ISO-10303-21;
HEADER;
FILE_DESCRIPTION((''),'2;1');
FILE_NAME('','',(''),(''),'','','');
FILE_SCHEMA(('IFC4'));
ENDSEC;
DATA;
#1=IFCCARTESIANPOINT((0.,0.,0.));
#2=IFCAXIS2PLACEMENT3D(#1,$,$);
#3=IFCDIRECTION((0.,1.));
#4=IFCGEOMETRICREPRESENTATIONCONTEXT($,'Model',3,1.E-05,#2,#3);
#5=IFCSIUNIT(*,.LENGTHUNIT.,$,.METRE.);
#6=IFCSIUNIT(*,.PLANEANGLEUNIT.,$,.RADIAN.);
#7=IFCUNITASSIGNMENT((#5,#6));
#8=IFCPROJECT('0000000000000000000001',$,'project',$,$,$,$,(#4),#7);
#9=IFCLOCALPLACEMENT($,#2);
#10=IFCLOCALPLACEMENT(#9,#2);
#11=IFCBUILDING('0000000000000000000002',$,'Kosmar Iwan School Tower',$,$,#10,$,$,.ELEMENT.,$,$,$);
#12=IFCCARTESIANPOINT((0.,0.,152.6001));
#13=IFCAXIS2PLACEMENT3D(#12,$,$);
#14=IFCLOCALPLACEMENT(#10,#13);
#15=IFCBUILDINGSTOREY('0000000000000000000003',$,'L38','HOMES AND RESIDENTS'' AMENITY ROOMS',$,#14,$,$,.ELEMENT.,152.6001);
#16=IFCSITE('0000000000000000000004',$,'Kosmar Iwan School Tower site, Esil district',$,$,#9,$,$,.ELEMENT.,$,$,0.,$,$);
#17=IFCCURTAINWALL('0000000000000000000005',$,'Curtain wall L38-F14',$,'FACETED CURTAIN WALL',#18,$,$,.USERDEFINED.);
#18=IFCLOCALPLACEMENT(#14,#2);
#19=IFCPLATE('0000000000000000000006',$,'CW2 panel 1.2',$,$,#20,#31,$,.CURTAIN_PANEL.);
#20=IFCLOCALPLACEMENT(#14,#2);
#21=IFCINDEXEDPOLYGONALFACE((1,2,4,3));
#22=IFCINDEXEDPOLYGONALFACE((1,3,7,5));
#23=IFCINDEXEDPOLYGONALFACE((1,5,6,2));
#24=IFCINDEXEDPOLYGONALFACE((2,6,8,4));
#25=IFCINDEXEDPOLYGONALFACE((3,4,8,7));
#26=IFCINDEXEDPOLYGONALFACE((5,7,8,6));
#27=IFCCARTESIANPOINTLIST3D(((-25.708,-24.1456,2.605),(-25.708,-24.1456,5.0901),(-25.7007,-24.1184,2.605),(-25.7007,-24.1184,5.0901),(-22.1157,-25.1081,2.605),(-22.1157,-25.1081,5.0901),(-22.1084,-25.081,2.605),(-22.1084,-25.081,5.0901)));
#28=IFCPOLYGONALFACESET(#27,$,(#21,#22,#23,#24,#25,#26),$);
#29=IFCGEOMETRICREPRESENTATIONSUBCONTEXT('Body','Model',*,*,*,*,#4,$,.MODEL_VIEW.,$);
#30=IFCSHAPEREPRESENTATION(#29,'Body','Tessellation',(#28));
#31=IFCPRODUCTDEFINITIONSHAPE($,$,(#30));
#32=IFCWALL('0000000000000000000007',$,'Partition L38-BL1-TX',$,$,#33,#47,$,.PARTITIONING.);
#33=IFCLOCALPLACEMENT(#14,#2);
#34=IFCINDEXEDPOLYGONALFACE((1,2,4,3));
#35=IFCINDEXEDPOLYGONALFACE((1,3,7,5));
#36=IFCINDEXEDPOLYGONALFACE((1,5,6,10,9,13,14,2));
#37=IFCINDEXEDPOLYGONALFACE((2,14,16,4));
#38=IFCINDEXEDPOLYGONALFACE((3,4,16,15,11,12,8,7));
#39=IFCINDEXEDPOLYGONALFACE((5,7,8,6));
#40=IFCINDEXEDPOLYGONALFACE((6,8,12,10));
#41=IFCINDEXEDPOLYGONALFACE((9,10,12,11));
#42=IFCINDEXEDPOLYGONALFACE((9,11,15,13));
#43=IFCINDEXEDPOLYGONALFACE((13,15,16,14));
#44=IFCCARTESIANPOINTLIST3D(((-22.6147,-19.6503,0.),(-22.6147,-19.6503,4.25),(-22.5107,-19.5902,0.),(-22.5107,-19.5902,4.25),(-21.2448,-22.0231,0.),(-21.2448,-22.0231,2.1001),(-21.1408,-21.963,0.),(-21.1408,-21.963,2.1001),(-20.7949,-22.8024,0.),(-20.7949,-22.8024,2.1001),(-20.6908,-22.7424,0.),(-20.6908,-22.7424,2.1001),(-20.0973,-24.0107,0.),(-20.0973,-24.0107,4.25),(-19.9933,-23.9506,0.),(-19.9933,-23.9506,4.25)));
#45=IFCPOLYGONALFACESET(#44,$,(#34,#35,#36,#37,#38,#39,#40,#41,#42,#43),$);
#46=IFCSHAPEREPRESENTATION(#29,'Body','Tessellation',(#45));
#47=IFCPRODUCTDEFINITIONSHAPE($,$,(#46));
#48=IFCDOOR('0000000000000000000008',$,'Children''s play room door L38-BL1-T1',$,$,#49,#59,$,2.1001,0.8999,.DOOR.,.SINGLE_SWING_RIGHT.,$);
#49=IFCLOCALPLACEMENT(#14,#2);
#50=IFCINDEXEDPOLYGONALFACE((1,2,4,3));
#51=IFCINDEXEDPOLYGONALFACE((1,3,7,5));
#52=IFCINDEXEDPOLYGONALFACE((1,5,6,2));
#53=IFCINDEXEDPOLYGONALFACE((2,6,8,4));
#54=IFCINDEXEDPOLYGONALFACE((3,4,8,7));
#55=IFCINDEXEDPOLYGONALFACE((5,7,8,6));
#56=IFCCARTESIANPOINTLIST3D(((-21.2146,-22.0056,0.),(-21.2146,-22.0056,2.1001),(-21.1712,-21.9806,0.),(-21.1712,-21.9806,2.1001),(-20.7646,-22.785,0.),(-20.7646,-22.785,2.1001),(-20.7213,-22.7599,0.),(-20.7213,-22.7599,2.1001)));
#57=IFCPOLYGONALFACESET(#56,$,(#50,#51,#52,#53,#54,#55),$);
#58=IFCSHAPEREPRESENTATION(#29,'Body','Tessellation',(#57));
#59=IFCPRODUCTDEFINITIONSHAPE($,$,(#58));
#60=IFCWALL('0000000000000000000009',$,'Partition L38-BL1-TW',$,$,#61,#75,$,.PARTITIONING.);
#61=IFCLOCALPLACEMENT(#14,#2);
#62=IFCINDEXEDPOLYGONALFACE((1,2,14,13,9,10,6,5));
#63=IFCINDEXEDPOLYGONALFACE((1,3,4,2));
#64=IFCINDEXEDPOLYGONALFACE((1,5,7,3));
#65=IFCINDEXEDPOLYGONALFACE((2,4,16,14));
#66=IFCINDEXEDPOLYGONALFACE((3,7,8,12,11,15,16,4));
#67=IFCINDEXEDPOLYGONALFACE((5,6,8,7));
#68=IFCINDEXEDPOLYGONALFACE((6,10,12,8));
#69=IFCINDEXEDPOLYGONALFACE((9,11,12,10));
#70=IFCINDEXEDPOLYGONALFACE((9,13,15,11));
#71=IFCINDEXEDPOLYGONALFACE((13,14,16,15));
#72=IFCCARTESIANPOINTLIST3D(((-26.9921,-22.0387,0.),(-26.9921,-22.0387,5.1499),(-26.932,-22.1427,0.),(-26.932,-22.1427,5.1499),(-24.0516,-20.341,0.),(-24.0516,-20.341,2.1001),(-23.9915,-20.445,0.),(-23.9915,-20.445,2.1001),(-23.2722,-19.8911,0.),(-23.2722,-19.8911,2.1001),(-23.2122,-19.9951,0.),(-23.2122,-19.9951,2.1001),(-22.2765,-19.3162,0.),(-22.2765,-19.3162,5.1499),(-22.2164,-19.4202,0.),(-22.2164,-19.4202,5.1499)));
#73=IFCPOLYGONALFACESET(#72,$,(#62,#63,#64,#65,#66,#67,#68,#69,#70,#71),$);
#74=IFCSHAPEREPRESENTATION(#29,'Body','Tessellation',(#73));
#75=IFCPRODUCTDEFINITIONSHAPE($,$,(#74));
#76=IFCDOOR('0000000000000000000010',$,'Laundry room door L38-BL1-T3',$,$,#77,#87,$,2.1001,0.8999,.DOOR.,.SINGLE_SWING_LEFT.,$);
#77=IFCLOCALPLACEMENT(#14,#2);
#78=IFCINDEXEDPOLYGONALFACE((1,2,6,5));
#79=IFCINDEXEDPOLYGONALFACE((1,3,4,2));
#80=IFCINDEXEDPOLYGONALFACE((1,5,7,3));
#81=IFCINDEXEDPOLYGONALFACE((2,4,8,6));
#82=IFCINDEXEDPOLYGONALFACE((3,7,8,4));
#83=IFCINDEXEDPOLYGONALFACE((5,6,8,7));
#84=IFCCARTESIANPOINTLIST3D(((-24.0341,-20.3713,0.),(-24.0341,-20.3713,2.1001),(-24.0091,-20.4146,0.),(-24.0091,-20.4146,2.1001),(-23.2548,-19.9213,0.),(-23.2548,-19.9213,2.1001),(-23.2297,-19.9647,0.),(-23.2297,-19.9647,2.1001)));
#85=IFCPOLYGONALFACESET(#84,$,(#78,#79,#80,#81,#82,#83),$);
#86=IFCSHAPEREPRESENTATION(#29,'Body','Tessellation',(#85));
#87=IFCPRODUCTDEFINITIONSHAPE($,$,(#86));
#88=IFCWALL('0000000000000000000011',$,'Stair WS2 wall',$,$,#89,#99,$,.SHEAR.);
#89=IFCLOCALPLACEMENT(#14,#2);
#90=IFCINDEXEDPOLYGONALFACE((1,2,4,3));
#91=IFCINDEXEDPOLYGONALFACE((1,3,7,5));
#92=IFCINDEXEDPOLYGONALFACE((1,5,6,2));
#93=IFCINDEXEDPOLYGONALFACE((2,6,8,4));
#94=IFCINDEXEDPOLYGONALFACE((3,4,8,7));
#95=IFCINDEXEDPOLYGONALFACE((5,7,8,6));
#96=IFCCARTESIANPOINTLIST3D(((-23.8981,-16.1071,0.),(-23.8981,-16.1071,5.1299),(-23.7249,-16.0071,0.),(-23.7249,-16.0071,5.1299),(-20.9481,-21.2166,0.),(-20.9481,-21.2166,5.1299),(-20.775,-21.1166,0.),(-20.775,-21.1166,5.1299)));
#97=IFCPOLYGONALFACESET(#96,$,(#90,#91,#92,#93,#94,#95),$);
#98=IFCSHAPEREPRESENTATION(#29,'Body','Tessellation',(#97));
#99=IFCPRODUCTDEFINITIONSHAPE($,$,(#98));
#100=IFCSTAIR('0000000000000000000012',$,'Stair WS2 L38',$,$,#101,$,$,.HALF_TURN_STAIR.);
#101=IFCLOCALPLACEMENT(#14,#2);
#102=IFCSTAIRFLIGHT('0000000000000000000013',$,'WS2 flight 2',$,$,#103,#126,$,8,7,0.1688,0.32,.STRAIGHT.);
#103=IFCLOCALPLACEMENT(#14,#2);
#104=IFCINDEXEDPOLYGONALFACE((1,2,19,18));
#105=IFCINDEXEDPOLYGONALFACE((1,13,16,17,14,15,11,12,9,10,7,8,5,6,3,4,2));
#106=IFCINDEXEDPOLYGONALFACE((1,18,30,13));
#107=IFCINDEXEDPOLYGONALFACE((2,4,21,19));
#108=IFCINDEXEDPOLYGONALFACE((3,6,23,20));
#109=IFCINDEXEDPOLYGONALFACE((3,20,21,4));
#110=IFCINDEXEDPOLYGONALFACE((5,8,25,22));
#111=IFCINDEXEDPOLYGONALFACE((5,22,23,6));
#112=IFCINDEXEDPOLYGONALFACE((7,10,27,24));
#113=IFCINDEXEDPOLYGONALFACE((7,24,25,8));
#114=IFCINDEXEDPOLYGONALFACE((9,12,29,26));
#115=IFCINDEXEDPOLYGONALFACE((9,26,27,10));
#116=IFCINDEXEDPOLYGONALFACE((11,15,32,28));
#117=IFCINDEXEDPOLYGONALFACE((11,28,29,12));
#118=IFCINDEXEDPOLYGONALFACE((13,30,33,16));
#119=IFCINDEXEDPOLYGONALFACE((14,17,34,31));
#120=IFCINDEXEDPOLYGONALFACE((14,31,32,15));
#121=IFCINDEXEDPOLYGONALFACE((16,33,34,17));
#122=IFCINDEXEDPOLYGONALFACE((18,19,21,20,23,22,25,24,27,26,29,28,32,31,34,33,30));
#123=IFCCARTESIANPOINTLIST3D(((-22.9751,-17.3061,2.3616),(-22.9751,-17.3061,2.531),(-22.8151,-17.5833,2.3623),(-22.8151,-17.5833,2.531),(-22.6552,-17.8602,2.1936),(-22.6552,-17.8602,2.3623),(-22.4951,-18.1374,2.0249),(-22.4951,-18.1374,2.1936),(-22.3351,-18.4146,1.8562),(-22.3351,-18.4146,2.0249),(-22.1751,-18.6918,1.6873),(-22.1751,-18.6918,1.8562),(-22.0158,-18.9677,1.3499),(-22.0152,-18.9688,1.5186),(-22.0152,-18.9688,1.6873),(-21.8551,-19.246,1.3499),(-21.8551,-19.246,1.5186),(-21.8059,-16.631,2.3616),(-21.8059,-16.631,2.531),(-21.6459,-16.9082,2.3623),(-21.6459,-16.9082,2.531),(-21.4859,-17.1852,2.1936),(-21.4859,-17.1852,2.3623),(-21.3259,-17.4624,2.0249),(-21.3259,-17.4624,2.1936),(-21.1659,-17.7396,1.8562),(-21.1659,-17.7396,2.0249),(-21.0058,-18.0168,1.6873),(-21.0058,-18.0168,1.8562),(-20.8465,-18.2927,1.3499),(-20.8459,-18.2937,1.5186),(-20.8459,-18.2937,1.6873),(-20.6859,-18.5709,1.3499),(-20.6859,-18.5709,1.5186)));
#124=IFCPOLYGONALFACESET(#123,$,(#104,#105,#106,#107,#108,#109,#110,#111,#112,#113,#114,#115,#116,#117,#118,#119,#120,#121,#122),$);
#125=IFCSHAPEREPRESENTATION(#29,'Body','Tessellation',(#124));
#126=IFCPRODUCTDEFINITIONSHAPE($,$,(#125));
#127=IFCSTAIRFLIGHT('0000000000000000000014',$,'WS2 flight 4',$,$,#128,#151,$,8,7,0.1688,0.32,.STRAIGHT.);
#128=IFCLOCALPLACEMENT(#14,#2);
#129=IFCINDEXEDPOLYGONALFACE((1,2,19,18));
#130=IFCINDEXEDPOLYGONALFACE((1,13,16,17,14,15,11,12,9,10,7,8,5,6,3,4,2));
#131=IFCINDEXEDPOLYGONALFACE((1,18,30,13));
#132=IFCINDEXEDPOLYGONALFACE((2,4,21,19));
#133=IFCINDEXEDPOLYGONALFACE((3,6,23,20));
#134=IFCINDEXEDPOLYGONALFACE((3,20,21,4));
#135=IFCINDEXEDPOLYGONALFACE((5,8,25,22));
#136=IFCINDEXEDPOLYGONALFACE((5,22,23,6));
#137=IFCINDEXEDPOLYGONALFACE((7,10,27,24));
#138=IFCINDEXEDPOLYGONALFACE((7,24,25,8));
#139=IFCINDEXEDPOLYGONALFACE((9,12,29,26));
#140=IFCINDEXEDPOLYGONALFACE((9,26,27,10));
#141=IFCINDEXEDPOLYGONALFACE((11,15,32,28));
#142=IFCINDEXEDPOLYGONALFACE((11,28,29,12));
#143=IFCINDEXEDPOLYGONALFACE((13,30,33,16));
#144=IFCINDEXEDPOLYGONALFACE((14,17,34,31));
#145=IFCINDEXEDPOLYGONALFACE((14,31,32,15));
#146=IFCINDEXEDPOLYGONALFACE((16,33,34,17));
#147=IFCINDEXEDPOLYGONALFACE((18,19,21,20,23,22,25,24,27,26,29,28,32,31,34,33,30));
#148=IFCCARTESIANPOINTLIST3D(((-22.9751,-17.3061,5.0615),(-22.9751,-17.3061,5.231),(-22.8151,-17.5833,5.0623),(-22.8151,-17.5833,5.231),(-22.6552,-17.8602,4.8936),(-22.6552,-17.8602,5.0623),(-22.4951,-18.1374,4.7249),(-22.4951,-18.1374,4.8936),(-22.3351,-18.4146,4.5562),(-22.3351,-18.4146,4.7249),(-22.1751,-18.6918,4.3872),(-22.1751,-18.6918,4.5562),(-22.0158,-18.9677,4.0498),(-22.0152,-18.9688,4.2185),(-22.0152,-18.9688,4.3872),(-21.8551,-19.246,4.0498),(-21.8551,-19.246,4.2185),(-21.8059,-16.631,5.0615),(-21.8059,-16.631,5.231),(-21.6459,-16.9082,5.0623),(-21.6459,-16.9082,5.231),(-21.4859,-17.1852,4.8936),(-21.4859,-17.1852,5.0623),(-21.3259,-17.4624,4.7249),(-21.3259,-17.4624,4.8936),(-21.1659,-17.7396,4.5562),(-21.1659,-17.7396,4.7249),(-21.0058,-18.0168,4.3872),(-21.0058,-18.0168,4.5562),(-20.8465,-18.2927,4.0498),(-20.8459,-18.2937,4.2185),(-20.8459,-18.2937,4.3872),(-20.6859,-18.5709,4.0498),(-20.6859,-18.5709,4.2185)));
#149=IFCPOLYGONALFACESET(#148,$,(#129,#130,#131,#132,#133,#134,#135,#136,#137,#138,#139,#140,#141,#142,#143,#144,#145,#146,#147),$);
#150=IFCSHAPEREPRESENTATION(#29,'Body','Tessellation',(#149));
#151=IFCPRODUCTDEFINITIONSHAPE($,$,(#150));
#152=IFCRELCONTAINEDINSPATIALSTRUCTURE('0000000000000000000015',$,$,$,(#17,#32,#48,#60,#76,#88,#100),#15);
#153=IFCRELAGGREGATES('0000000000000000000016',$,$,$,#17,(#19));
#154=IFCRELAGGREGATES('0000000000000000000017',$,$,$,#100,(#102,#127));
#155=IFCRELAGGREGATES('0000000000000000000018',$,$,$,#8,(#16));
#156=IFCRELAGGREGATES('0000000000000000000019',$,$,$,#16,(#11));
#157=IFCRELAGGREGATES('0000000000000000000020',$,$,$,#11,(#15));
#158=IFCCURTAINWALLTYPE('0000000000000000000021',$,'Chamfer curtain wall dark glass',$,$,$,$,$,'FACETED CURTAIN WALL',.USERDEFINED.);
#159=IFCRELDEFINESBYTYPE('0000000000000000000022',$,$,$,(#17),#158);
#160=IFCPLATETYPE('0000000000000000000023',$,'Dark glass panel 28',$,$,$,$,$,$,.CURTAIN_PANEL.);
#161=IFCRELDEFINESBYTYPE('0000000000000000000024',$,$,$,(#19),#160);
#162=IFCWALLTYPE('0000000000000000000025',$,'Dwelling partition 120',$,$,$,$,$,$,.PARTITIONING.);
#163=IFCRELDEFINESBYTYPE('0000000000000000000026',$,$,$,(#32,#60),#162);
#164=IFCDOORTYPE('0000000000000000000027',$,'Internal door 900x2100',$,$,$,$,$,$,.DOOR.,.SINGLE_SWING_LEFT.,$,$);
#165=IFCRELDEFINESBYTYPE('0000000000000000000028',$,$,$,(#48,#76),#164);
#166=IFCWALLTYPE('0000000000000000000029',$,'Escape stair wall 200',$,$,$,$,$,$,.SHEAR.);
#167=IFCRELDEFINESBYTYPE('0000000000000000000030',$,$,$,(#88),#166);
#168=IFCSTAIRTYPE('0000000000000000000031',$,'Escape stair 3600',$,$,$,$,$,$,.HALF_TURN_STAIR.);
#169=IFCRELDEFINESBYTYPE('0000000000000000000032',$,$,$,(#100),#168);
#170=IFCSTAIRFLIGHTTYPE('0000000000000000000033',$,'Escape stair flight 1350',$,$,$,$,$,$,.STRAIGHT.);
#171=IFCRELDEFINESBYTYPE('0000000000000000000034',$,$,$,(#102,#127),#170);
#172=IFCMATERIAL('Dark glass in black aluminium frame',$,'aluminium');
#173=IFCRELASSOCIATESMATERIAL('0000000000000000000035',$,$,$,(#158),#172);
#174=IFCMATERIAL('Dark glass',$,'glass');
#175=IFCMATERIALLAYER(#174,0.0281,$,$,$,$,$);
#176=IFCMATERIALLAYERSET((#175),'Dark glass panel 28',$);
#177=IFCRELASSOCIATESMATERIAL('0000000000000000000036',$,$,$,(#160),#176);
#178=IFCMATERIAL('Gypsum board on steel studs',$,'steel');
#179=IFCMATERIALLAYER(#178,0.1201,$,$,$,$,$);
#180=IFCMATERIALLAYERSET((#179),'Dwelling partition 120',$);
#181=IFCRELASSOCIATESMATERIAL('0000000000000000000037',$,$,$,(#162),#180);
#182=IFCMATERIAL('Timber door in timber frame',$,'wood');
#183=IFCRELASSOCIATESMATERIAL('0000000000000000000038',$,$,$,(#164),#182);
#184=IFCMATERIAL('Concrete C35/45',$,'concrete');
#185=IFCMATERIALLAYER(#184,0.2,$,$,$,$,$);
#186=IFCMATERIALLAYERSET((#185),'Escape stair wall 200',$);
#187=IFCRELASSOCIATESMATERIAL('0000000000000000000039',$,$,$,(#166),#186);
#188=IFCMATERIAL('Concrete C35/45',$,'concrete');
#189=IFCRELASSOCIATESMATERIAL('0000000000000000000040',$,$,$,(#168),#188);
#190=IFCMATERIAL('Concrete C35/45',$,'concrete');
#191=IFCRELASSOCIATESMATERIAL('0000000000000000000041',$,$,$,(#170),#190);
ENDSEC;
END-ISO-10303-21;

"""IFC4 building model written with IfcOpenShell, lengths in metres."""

from ifc_helpers import new_model, si_unit, direction, frame, frame_2d, origin, origin_2d, place, context, subcontext, project, spatial, polyline, rectangle, outline, extrude, material, layer, layer_set, type_object, element, fill, aggregate, save


model = new_model("IFC4")

# Units and contexts
model_context = context("Model", 3, precision=1e-05, world=origin(), true_north=direction((0.0, 1.0)))
body_context = subcontext(model_context, "Body", "Model", "MODEL_VIEW")
ifc_project = project(units=[si_unit("LENGTHUNIT", "METRE"), si_unit("PLANEANGLEUNIT", "RADIAN")], contexts=[model_context])

# Site, building, storey
site_placement = place(None, origin())
site = spatial("IfcSite", under=ifc_project, at=site_placement, Name="Kosmar Iwan School Tower site, Esil district", CompositionType="ELEMENT", RefElevation=0.0)
building_placement = place(site_placement, origin())
building = spatial("IfcBuilding", under=site, at=building_placement, Name="Kosmar Iwan School Tower", CompositionType="ELEMENT")
storey_placement = place(building_placement, frame((0.0, 0.0, 152.6001)))
storey = spatial("IfcBuildingStorey", under=building, at=storey_placement, Name="L38", Description="HOMES AND RESIDENTS' AMENITY ROOMS", CompositionType="ELEMENT", Elevation=152.6001)

# Curtain wall
ifc_material_1 = material(Name="Dark glass in black aluminium frame", Category="aluminium")
curtain_wall_type_1 = type_object("IfcCurtainWallType", Name="Chamfer curtain wall dark glass", ElementType="FACETED CURTAIN WALL", PredefinedType="USERDEFINED", material=ifc_material_1)
curtain_wall_1_placement = place(storey_placement, origin())
curtain_wall_1 = element("IfcCurtainWall", 1, at=curtain_wall_1_placement, inside=storey, type_object=curtain_wall_type_1, Name="Curtain wall L38-F14", ObjectType="FACETED CURTAIN WALL", PredefinedType="USERDEFINED")

# Plate
ifc_material_2 = material(Name="Dark glass", Category="glass")
ifc_layer_1 = layer(ifc_material_2, 0.0281)
ifc_layer_set_1 = layer_set([ifc_layer_1], Name="Dark glass panel 28")
plate_type = type_object("IfcPlateType", Name="Dark glass panel 28", PredefinedType="CURTAIN_PANEL", material=ifc_layer_set_1)
plate_1_placement = place(storey_placement, frame((-23.9082, -24.6133, 2.605), z_axis=(0.0, 0.0, 1.0), x_axis=(0.965926, -0.258819, 0.0)))
plate_1 = element("IfcPlate", 2, at=plate_1_placement, type_object=plate_type, Name="CW2 panel 1.2", PredefinedType="CURTAIN_PANEL", context=body_context, shape_type="SweptSolid", body=[
    extrude(rectangle(XDim=3.719, YDim=0.0281, at=origin_2d()), origin(), (0.0, 0.0, 1.0), 2.4851),
])
aggregate(curtain_wall_1, [plate_1])

# Walls, openings, doors
ifc_material_3 = material(Name="Gypsum board on steel studs", Category="steel")
ifc_layer_2 = layer(ifc_material_3, 0.1201)
ifc_layer_set_2 = layer_set([ifc_layer_2], Name="Dwelling partition 120")
wall_type_1 = type_object("IfcWallType", Name="Dwelling partition 120", PredefinedType="PARTITIONING", material=ifc_layer_set_2)
wall_1_placement = place(storey_placement, frame((-22.5627, -19.6201, 0.0), z_axis=(0.0, 0.0, 1.0), x_axis=(0.499983, -0.866035, 0.0)))
wall_1 = element("IfcWall", 3, at=wall_1_placement, inside=storey, type_object=wall_type_1, Name="Partition L38-BL1-TX", PredefinedType="PARTITIONING", context=body_context, shape_type="SweptSolid", body=[
    extrude(rectangle(XDim=5.0349, YDim=0.1201, at=frame_2d((2.5176, 0.0))), origin(), (0.0, 0.0, 1.0), 4.25),
])
opening_1_placement = place(wall_1_placement, frame((2.74, 0.0, 0.0)))
opening_1 = element("IfcOpeningElement", 4, at=opening_1_placement, cuts=wall_1, PredefinedType="OPENING", context=body_context, shape_type="SweptSolid", body=[
    extrude(rectangle(XDim=0.8999, YDim=2.1001, at=frame_2d((0.45, 1.05))), frame((0.0, 0.072, 0.0), z_axis=(0.0, -1.0, 0.0), x_axis=(1.0, 0.0, 0.0)), (0.0, 0.0, 1.0), 0.144),
])
ifc_material_4 = material(Name="Timber door in timber frame", Category="wood")
door_type = type_object("IfcDoorType", Name="Internal door 900x2100", OperationType="SINGLE_SWING_LEFT", PredefinedType="DOOR", material=ifc_material_4)
door_1_placement = place(opening_1_placement, origin())
door_1 = element("IfcDoor", 5, at=door_1_placement, inside=storey, type_object=door_type, Name="Children's play room door L38-BL1-T1", OperationType="SINGLE_SWING_RIGHT", OverallHeight=2.1001, OverallWidth=0.8999, PredefinedType="DOOR", context=body_context, shape_type="SweptSolid", body=[
    extrude(rectangle(XDim=0.8999, YDim=2.1001, at=frame_2d((0.45, 1.05))), frame((0.0, 0.0249, 0.0), z_axis=(0.0, -1.0, 0.0), x_axis=(1.0, 0.0, 0.0)), (0.0, 0.0, 1.0), 0.05),
])
fill(opening_1, door_1)
wall_2_placement = place(storey_placement, frame((-22.2463, -19.3682, 0.0), z_axis=(0.0, 0.0, 1.0), x_axis=(-0.866036, -0.499982, 0.0)))
wall_2 = element("IfcWall", 6, at=wall_2_placement, inside=storey, type_object=wall_type_1, Name="Partition L38-BL1-TW", PredefinedType="PARTITIONING", context=body_context, shape_type="SweptSolid", body=[
    extrude(rectangle(XDim=5.4451, YDim=0.1201, at=frame_2d((2.7227, 0.0))), origin(), (0.0, 0.0, 1.0), 5.1499),
])
opening_2_placement = place(wall_2_placement, frame((1.1499, 0.0, 0.0)))
opening_2 = element("IfcOpeningElement", 7, at=opening_2_placement, cuts=wall_2, PredefinedType="OPENING", context=body_context, shape_type="SweptSolid", body=[
    extrude(rectangle(XDim=0.8999, YDim=2.1001, at=frame_2d((0.45, 1.05))), frame((0.0, 0.072, 0.0), z_axis=(0.0, -1.0, 0.0), x_axis=(1.0, 0.0, 0.0)), (0.0, 0.0, 1.0), 0.144),
])
door_2_placement = place(opening_2_placement, origin())
door_2 = element("IfcDoor", 8, at=door_2_placement, inside=storey, type_object=door_type, Name="Laundry room door L38-BL1-T3", OperationType="SINGLE_SWING_LEFT", OverallHeight=2.1001, OverallWidth=0.8999, PredefinedType="DOOR", context=body_context, shape_type="SweptSolid", body=[
    extrude(rectangle(XDim=0.8999, YDim=2.1001, at=frame_2d((0.45, 1.05))), frame((0.0, 0.0249, 0.0), z_axis=(0.0, -1.0, 0.0), x_axis=(1.0, 0.0, 0.0)), (0.0, 0.0, 1.0), 0.05),
])
fill(opening_2, door_2)

# Wall
ifc_material_5 = material(Name="Concrete C35/45", Category="concrete")
ifc_layer_3 = layer(ifc_material_5, 0.2)
ifc_layer_set_3 = layer_set([ifc_layer_3], Name="Escape stair wall 200")
wall_type_2 = type_object("IfcWallType", Name="Escape stair wall 200", PredefinedType="SHEAR", material=ifc_layer_set_3)
wall_3_placement = place(storey_placement, frame((-23.8115, -16.0571, 0.0), z_axis=(0.0, 0.0, 1.0), x_axis=(0.500007, -0.866022, 0.0)))
element("IfcWall", 9, at=wall_3_placement, inside=storey, type_object=wall_type_2, Name="Stair WS2 wall", PredefinedType="SHEAR", context=body_context, shape_type="SweptSolid", body=[
    extrude(rectangle(XDim=5.8999, YDim=0.2, at=frame_2d((2.95, 0.0))), origin(), (0.0, 0.0, 1.0), 5.1299),
])

# Stair, stair flights
ifc_material_6 = material(Name="Concrete C35/45", Category="concrete")
stair_type = type_object("IfcStairType", Name="Escape stair 3600", PredefinedType="HALF_TURN_STAIR", material=ifc_material_6)
stair_placement = place(storey_placement, origin())
stair = element("IfcStair", 10, at=stair_placement, inside=storey, type_object=stair_type, Name="Stair WS2 L38", PredefinedType="HALF_TURN_STAIR")
ifc_material_7 = material(Name="Concrete C35/45", Category="concrete")
stair_flight_type = type_object("IfcStairFlightType", Name="Escape stair flight 1350", PredefinedType="STRAIGHT", material=ifc_material_7)
stair_flight_1_placement = place(storey_placement, frame((-21.2705, -18.9084, 1.3499), z_axis=(0.0, 0.0, 1.0), x_axis=(-0.5, 0.866025, 0.0)))
stair_flight_1 = element("IfcStairFlight", 11, at=stair_flight_1_placement, type_object=stair_flight_type, Name="WS2 flight 2", NumberOfRisers=8, NumberOfTreads=7, PredefinedType="STRAIGHT", RiserHeight=0.1688, TreadLength=0.32, context=body_context, shape_type="SweptSolid", body=[
    extrude(outline(polyline([(0.0, 0.0), (0.0, 0.1687), (0.3201, 0.1687), (0.3201, 0.3374), (0.6399, 0.3374), (0.6399, 0.5063), (0.96, 0.5063), (0.96, 0.675), (1.28, 0.675), (1.28, 0.8438), (1.6001, 0.8438), (1.6001, 1.0125), (1.9199, 1.0125), (1.9199, 1.1812), (2.24, 1.1812), (2.24, 1.3501), (2.24, 1.0117), (0.3213, 0.0), (0.0, 0.0)])), frame((0.0, 0.675, 0.0), z_axis=(0.0, -1.0, 0.0), x_axis=(1.0, 0.0, 0.0)), (0.0, 0.0, 1.0), 1.3501),
])
stair_flight_2_placement = place(storey_placement, frame((-21.2705, -18.9084, 4.0498), z_axis=(0.0, 0.0, 1.0), x_axis=(-0.5, 0.866025, 0.0)))
stair_flight_2 = element("IfcStairFlight", 12, at=stair_flight_2_placement, type_object=stair_flight_type, Name="WS2 flight 4", NumberOfRisers=8, NumberOfTreads=7, PredefinedType="STRAIGHT", RiserHeight=0.1688, TreadLength=0.32, context=body_context, shape_type="SweptSolid", body=[
    extrude(outline(polyline([(0.0, 0.0), (0.0, 0.1687), (0.3201, 0.1687), (0.3201, 0.3374), (0.6399, 0.3374), (0.6399, 0.5063), (0.96, 0.5063), (0.96, 0.675), (1.28, 0.675), (1.28, 0.8438), (1.6001, 0.8438), (1.6001, 1.0125), (1.9199, 1.0125), (1.9199, 1.1812), (2.24, 1.1812), (2.24, 1.3501), (2.24, 1.0117), (0.3213, 0.0), (0.0, 0.0)])), frame((0.0, 0.675, 0.0), z_axis=(0.0, -1.0, 0.0), x_axis=(1.0, 0.0, 0.0)), (0.0, 0.0, 1.0), 1.3501),
])
aggregate(stair, [stair_flight_1, stair_flight_2])

save(model, "model.ifc")
